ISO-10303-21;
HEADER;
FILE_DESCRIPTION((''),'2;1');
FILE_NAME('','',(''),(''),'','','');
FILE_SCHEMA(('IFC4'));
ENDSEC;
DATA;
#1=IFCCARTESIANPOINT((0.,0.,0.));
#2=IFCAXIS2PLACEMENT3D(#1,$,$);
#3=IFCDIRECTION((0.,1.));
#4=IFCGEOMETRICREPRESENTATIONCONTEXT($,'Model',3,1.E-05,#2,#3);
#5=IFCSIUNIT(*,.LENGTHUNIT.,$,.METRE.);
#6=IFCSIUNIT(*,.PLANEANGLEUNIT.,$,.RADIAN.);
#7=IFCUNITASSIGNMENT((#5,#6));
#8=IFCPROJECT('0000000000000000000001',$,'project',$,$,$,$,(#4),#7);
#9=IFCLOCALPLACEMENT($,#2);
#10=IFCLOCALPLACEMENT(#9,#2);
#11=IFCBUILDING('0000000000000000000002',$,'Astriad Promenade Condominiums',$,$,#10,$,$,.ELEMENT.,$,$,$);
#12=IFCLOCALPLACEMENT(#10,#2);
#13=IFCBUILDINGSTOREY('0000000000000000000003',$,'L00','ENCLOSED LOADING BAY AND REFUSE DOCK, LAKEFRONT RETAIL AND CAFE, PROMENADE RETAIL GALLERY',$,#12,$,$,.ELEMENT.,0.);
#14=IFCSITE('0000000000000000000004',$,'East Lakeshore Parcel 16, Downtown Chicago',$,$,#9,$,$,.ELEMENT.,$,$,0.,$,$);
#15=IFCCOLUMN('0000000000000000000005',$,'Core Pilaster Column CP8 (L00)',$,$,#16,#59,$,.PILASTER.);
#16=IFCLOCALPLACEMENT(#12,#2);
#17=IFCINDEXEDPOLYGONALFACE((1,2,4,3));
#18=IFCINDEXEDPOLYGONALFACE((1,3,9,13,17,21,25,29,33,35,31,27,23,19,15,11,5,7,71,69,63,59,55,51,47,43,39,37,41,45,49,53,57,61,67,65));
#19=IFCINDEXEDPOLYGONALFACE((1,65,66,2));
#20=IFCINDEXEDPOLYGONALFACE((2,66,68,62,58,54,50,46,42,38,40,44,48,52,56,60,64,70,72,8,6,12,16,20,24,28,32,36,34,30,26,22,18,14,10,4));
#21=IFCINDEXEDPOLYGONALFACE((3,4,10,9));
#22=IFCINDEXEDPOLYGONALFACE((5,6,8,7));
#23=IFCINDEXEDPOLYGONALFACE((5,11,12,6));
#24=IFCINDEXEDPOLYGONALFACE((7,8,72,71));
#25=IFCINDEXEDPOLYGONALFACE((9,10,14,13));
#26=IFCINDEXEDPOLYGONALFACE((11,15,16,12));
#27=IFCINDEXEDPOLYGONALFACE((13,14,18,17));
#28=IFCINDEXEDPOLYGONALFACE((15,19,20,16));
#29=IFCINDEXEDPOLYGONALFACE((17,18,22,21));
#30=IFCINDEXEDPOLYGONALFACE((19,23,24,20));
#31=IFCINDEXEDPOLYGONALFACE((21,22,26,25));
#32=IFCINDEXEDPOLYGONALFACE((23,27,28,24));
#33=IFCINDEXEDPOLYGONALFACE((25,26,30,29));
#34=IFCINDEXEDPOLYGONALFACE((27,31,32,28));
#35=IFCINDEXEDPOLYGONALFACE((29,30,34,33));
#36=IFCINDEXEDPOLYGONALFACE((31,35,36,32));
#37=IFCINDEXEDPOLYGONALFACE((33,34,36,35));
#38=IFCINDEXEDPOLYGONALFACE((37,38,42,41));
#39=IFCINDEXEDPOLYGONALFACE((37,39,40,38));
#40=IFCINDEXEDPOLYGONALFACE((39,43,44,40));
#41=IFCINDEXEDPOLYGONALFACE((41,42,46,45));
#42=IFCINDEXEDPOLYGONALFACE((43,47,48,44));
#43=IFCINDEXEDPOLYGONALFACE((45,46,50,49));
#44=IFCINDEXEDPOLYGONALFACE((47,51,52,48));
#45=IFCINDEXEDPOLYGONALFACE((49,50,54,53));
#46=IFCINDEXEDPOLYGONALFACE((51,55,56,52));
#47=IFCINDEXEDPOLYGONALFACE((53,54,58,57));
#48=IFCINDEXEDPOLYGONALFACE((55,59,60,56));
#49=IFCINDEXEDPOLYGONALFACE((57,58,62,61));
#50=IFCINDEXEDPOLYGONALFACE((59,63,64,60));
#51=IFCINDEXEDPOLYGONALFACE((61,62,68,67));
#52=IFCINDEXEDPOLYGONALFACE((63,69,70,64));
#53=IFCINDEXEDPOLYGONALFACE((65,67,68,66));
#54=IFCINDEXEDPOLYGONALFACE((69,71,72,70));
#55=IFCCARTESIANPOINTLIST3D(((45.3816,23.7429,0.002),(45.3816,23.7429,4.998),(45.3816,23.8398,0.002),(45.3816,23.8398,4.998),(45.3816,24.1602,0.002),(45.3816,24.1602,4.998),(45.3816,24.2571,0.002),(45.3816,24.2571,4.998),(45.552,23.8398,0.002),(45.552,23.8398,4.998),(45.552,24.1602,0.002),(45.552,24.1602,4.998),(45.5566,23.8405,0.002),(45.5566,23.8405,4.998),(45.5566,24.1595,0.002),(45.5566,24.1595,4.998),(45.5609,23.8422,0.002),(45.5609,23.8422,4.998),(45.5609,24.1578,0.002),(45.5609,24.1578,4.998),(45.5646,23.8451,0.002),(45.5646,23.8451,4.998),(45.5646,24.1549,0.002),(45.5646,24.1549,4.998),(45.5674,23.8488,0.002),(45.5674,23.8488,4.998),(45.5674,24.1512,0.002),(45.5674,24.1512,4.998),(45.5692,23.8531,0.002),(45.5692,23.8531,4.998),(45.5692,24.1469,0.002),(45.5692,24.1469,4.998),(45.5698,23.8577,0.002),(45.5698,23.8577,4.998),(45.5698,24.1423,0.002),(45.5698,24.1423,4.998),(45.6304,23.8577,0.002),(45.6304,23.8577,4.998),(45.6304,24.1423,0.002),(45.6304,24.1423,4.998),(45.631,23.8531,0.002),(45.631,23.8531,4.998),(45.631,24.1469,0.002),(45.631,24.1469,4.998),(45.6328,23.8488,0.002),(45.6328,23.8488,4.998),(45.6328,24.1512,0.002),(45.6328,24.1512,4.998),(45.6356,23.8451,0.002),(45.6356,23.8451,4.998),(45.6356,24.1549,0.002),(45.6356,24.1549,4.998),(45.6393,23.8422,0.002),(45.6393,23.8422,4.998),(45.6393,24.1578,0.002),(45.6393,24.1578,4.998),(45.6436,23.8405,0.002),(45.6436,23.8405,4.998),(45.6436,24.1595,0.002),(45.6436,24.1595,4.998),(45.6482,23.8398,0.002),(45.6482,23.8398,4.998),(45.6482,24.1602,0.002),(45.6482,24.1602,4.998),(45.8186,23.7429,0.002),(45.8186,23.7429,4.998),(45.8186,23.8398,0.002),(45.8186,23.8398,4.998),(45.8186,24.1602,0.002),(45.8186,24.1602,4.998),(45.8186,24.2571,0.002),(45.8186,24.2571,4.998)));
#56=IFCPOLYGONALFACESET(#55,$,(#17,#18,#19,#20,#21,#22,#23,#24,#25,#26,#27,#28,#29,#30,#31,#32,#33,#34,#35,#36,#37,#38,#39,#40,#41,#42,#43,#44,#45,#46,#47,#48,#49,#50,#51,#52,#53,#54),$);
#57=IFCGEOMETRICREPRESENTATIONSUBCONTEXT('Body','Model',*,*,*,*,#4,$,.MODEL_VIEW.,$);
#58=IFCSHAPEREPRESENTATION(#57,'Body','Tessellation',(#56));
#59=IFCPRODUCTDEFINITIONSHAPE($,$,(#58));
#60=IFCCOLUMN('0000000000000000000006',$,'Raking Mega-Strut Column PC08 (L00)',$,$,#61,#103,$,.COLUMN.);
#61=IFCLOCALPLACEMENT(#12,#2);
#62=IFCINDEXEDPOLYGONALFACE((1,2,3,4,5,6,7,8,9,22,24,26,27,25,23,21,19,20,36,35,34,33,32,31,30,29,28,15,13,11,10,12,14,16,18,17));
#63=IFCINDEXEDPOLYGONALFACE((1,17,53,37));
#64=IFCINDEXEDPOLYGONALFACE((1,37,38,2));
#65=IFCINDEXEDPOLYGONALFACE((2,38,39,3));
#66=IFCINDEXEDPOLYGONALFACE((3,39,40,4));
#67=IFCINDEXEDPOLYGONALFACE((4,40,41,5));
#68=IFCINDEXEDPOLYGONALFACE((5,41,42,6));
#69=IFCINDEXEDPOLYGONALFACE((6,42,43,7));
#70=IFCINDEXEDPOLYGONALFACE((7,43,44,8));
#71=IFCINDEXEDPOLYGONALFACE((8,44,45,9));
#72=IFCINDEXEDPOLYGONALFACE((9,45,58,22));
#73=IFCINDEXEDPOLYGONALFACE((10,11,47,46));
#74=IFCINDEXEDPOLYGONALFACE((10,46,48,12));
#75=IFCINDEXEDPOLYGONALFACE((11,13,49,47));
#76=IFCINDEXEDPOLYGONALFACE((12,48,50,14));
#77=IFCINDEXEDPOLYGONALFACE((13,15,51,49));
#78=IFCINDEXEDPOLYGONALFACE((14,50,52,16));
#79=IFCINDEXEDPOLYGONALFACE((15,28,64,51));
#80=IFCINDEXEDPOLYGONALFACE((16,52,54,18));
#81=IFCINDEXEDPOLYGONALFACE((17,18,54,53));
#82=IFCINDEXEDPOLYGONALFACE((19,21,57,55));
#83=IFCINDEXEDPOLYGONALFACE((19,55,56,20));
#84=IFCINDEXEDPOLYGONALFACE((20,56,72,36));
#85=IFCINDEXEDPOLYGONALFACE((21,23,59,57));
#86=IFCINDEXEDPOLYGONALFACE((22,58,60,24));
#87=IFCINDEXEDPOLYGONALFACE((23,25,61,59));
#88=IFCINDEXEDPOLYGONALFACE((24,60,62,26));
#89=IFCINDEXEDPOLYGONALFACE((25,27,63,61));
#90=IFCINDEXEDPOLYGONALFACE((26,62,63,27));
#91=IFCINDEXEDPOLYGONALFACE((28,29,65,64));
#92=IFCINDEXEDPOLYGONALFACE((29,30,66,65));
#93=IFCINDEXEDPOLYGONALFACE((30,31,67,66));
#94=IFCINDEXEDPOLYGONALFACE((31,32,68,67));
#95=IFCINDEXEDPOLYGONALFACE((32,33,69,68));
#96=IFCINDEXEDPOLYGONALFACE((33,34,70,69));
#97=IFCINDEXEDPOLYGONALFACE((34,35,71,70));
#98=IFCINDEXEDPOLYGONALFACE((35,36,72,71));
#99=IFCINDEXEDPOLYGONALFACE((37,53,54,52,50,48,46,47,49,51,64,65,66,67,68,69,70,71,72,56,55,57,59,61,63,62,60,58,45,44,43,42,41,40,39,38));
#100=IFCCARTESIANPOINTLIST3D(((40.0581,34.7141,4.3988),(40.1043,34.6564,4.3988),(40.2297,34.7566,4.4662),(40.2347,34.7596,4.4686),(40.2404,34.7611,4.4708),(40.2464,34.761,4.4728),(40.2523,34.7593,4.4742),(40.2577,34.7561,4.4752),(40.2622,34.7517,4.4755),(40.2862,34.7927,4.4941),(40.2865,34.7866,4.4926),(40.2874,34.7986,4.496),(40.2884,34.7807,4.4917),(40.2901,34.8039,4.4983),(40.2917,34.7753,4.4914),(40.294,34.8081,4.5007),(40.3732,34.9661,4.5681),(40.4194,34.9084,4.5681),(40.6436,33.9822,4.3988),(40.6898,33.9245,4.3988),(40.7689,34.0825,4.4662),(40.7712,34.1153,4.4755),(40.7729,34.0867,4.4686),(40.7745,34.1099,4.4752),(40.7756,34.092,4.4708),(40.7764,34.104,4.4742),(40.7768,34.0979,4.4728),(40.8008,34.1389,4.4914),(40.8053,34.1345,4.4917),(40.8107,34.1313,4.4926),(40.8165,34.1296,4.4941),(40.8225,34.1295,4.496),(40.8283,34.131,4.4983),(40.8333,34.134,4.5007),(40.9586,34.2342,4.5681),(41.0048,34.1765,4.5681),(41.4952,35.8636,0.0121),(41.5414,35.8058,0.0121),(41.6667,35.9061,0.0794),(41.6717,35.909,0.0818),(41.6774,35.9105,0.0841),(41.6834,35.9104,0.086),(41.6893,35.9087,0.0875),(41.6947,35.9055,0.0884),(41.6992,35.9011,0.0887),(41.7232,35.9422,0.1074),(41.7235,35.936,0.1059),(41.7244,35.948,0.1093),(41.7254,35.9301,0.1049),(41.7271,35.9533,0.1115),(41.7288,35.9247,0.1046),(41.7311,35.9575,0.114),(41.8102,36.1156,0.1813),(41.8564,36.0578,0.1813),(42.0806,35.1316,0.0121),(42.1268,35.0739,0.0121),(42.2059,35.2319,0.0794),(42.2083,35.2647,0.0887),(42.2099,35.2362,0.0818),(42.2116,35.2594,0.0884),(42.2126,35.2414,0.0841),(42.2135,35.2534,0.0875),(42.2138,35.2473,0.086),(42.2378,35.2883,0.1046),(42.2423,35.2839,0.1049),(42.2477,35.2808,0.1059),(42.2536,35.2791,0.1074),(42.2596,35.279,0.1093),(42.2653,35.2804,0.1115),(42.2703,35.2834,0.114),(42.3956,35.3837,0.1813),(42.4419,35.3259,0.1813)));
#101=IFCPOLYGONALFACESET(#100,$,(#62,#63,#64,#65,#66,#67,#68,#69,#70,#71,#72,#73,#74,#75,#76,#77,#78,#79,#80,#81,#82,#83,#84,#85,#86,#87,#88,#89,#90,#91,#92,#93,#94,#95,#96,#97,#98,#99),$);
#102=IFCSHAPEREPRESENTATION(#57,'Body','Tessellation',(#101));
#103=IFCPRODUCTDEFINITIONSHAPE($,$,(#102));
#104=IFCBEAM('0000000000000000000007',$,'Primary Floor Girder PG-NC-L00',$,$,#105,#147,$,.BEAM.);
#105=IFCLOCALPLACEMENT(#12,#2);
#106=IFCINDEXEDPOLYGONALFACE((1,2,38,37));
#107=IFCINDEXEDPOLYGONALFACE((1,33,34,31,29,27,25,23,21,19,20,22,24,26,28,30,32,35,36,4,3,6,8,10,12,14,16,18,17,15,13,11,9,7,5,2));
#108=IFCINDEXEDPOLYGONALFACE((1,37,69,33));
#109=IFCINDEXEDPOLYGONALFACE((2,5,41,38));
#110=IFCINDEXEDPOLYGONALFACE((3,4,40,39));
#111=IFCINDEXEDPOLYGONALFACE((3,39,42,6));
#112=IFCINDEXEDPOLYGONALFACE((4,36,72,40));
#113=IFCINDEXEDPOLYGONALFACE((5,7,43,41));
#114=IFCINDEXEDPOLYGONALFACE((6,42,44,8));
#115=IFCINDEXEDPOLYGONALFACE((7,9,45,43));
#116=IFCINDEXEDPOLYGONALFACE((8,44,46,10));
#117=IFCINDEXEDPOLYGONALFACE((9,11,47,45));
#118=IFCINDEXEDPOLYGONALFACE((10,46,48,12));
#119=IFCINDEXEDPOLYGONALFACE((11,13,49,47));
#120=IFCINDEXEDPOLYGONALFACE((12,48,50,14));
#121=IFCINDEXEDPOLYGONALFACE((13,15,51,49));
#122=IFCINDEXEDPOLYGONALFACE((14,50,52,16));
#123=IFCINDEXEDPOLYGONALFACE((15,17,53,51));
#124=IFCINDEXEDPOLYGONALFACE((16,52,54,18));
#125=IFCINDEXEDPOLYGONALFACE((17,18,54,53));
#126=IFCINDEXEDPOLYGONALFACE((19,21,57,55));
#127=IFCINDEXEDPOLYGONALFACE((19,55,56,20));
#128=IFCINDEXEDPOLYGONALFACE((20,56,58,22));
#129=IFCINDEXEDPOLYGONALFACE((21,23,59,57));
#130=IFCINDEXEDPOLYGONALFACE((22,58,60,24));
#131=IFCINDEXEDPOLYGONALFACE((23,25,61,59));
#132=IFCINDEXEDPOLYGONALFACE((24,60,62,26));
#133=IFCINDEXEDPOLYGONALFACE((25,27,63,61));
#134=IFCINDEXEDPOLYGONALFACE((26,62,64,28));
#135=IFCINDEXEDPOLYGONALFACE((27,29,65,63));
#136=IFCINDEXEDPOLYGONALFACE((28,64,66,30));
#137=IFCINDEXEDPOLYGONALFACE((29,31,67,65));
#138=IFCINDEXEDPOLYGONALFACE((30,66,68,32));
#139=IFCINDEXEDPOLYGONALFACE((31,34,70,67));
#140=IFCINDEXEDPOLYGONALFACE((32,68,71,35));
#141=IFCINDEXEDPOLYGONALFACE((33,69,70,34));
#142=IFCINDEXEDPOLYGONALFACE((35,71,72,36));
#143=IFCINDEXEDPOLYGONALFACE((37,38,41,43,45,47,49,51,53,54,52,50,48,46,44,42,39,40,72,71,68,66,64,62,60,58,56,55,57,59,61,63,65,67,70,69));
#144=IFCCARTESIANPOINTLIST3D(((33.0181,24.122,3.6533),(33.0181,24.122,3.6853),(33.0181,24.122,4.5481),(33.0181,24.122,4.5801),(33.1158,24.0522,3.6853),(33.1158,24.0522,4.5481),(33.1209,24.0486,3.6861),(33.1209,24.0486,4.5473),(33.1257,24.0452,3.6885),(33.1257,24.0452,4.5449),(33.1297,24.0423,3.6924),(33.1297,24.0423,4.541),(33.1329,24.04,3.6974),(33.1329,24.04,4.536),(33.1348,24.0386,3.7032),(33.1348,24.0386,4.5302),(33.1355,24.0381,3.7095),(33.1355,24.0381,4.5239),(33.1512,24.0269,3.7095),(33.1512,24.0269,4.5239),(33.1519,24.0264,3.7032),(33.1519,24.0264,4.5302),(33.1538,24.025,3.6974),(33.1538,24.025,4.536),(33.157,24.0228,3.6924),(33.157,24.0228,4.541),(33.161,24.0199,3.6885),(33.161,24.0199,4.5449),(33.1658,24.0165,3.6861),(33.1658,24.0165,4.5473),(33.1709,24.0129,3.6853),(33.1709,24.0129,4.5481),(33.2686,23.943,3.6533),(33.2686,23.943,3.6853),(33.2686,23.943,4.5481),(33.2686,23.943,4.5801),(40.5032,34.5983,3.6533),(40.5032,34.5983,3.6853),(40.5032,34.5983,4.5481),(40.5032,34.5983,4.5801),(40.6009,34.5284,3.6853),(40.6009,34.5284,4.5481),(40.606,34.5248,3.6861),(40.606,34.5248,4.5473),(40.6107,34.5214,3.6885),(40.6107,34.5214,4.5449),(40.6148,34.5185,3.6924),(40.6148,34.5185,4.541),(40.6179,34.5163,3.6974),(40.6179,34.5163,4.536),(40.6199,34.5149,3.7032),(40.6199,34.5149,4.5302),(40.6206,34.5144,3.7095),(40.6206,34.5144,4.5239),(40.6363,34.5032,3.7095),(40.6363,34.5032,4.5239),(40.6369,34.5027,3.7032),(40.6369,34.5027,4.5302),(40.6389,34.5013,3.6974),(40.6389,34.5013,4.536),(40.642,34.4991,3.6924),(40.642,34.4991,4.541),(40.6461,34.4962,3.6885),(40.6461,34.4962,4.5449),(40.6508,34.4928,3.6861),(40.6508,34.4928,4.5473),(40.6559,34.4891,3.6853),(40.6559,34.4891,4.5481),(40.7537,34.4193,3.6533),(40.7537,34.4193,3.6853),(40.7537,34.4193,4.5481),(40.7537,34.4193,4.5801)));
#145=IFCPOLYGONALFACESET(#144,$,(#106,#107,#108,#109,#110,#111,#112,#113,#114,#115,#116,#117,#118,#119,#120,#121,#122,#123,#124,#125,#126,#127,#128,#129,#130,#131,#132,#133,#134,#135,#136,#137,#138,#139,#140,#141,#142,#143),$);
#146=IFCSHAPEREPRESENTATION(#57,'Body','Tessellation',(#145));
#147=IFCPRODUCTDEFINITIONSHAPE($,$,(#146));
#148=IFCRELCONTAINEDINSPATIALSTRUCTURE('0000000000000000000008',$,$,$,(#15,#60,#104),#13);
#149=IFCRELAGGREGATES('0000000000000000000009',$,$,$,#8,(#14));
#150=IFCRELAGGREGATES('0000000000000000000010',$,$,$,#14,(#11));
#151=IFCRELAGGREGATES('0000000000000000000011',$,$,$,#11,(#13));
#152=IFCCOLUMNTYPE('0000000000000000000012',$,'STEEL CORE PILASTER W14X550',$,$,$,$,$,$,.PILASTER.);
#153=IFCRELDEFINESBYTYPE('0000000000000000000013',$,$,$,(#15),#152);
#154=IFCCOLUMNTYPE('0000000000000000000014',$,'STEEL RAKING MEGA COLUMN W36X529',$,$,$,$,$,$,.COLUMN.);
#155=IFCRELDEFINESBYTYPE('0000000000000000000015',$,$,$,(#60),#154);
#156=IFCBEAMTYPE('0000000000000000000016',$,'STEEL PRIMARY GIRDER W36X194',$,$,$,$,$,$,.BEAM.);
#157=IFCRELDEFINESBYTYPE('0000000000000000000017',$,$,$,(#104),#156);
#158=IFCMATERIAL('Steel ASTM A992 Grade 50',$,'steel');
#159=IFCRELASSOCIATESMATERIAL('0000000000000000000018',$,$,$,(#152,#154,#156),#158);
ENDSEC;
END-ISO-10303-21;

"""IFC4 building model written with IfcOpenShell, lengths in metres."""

from ifc_helpers import new_model, si_unit, direction, frame, origin, origin_2d, place, context, subcontext, project, spatial, i_section, extrude, source, transform, mapped, material, material_profile, profile_set, type_object, type_shapes, element, save


model = new_model("IFC4")

# Units and contexts
model_context = context("Model", 3, precision=1e-05, world=origin(), true_north=direction((0.0, 1.0)))
body_context = subcontext(model_context, "Body", "Model", "MODEL_VIEW")
ifc_project = project(units=[si_unit("LENGTHUNIT", "METRE"), si_unit("PLANEANGLEUNIT", "RADIAN")], contexts=[model_context])

# Site, building, storey
site_placement = place(None, origin())
site = spatial("IfcSite", under=ifc_project, at=site_placement, Name="East Lakeshore Parcel 16, Downtown Chicago", CompositionType="ELEMENT", RefElevation=0.0)
building_placement = place(site_placement, origin())
building = spatial("IfcBuilding", under=site, at=building_placement, Name="Astriad Promenade Condominiums", CompositionType="ELEMENT")
storey_placement = place(building_placement, origin())
storey = spatial("IfcBuildingStorey", under=building, at=storey_placement, Name="L00", Description="ENCLOSED LOADING BAY AND REFUSE DOCK, LAKEFRONT RETAIL AND CAFE, PROMENADE RETAIL GALLERY", CompositionType="ELEMENT", Elevation=0.0)

# Columns
ifc_material_1 = material(Name="Steel ASTM A992 Grade 50", Category="steel")
ifc_material_profile_1 = material_profile(ifc_material_1, i_section(OverallWidth=0.437, OverallDepth=0.5142, WebThickness=0.0605, FlangeThickness=0.0969, FilletRadius=0.0178, at=origin_2d()), Name="W14X550")
ifc_profile_set_1 = profile_set([ifc_material_profile_1], Name="Steel ASTM A992 Grade 50")
column_type_1 = type_object("IfcColumnType", Name="STEEL CORE PILASTER W14X550", PredefinedType="PILASTER", material=ifc_profile_set_1)
shared_shape_1 = source(origin(), body_context, "Body", "SweptSolid", [
    extrude(i_section(OverallWidth=0.437, OverallDepth=0.5142, WebThickness=0.0605, FlangeThickness=0.0969, FilletRadius=0.0178, at=origin_2d()), origin(), (0.0, 0.0, 1.0), 4.9961),
])
type_shapes(column_type_1, [shared_shape_1])
column_1_placement = place(storey_placement, frame((45.6001, 24.0, 0.002), z_axis=(0.0, 0.0, 1.0), x_axis=(1.0, 0.0, 0.0)))
element("IfcColumn", 1, at=column_1_placement, inside=storey, type_object=column_type_1, Name="Core Pilaster Column CP8 (L00)", PredefinedType="PILASTER", context=body_context, shape_type="MappedRepresentation", body=[
    mapped(shared_shape_1, transform((0.0, 0.0, 0.0), scale=1.0)),
])
ifc_material_profile_2 = material_profile(ifc_material_1, i_section(OverallWidth=0.4375, OverallDepth=1.0112, WebThickness=0.041, FlangeThickness=0.074, FilletRadius=0.0242, at=origin_2d()), Name="W36X529")
ifc_profile_set_2 = profile_set([ifc_material_profile_2], Name="Steel ASTM A992 Grade 50")
column_type_2 = type_object("IfcColumnType", Name="STEEL RAKING MEGA COLUMN W36X529", PredefinedType="COLUMN", material=ifc_profile_set_2)
shared_shape_2 = source(origin(), body_context, "Body", "SweptSolid", [
    extrude(i_section(OverallWidth=0.4375, OverallDepth=1.0112, WebThickness=0.041, FlangeThickness=0.074, FilletRadius=0.0242, at=origin_2d()), origin(), (0.0, 0.0, 1.0), 4.7571),
])
type_shapes(column_type_2, [shared_shape_2])
column_2_placement = place(storey_placement, frame((41.9685, 35.5947, 0.0967), z_axis=(-0.302081, -0.241624, 0.922152), x_axis=(0.720128, 0.576004, 0.386827)))
element("IfcColumn", 2, at=column_2_placement, inside=storey, type_object=column_type_2, Name="Raking Mega-Strut Column PC08 (L00)", PredefinedType="COLUMN", context=body_context, shape_type="MappedRepresentation", body=[
    mapped(shared_shape_2, transform((0.0, 0.0, 0.0), scale=1.0)),
])

# Beam
ifc_material_profile_3 = material_profile(ifc_material_1, i_section(OverallWidth=0.3079, OverallDepth=0.9268, WebThickness=0.0193, FlangeThickness=0.032, FilletRadius=0.0242, at=origin_2d()), Name="W36X194")
ifc_profile_set_3 = profile_set([ifc_material_profile_3], Name="Steel ASTM A992 Grade 50")
beam_type_1 = type_object("IfcBeamType", Name="STEEL PRIMARY GIRDER W36X194", PredefinedType="BEAM", material=ifc_profile_set_3)
shared_shape_3 = source(origin(), body_context, "Body", "SweptSolid", [
    extrude(i_section(OverallWidth=0.3079, OverallDepth=0.9268, WebThickness=0.0193, FlangeThickness=0.032, FilletRadius=0.0242, at=origin_2d()), origin(), (0.0, 0.0, 1.0), 12.8755),
])
type_shapes(beam_type_1, [shared_shape_3])
beam_1_placement = place(storey_placement, frame((40.6284, 34.5088, 4.1167), z_axis=(-0.581342, -0.813659, 0.0), x_axis=(0.813659, -0.581342, 0.0)))
element("IfcBeam", 3, at=beam_1_placement, inside=storey, type_object=beam_type_1, Name="Primary Floor Girder PG-NC-L00", PredefinedType="BEAM", context=body_context, shape_type="MappedRepresentation", body=[
    mapped(shared_shape_3, transform((0.0, 0.0, 0.0), scale=1.0)),
])

save(model, "model.ifc")
